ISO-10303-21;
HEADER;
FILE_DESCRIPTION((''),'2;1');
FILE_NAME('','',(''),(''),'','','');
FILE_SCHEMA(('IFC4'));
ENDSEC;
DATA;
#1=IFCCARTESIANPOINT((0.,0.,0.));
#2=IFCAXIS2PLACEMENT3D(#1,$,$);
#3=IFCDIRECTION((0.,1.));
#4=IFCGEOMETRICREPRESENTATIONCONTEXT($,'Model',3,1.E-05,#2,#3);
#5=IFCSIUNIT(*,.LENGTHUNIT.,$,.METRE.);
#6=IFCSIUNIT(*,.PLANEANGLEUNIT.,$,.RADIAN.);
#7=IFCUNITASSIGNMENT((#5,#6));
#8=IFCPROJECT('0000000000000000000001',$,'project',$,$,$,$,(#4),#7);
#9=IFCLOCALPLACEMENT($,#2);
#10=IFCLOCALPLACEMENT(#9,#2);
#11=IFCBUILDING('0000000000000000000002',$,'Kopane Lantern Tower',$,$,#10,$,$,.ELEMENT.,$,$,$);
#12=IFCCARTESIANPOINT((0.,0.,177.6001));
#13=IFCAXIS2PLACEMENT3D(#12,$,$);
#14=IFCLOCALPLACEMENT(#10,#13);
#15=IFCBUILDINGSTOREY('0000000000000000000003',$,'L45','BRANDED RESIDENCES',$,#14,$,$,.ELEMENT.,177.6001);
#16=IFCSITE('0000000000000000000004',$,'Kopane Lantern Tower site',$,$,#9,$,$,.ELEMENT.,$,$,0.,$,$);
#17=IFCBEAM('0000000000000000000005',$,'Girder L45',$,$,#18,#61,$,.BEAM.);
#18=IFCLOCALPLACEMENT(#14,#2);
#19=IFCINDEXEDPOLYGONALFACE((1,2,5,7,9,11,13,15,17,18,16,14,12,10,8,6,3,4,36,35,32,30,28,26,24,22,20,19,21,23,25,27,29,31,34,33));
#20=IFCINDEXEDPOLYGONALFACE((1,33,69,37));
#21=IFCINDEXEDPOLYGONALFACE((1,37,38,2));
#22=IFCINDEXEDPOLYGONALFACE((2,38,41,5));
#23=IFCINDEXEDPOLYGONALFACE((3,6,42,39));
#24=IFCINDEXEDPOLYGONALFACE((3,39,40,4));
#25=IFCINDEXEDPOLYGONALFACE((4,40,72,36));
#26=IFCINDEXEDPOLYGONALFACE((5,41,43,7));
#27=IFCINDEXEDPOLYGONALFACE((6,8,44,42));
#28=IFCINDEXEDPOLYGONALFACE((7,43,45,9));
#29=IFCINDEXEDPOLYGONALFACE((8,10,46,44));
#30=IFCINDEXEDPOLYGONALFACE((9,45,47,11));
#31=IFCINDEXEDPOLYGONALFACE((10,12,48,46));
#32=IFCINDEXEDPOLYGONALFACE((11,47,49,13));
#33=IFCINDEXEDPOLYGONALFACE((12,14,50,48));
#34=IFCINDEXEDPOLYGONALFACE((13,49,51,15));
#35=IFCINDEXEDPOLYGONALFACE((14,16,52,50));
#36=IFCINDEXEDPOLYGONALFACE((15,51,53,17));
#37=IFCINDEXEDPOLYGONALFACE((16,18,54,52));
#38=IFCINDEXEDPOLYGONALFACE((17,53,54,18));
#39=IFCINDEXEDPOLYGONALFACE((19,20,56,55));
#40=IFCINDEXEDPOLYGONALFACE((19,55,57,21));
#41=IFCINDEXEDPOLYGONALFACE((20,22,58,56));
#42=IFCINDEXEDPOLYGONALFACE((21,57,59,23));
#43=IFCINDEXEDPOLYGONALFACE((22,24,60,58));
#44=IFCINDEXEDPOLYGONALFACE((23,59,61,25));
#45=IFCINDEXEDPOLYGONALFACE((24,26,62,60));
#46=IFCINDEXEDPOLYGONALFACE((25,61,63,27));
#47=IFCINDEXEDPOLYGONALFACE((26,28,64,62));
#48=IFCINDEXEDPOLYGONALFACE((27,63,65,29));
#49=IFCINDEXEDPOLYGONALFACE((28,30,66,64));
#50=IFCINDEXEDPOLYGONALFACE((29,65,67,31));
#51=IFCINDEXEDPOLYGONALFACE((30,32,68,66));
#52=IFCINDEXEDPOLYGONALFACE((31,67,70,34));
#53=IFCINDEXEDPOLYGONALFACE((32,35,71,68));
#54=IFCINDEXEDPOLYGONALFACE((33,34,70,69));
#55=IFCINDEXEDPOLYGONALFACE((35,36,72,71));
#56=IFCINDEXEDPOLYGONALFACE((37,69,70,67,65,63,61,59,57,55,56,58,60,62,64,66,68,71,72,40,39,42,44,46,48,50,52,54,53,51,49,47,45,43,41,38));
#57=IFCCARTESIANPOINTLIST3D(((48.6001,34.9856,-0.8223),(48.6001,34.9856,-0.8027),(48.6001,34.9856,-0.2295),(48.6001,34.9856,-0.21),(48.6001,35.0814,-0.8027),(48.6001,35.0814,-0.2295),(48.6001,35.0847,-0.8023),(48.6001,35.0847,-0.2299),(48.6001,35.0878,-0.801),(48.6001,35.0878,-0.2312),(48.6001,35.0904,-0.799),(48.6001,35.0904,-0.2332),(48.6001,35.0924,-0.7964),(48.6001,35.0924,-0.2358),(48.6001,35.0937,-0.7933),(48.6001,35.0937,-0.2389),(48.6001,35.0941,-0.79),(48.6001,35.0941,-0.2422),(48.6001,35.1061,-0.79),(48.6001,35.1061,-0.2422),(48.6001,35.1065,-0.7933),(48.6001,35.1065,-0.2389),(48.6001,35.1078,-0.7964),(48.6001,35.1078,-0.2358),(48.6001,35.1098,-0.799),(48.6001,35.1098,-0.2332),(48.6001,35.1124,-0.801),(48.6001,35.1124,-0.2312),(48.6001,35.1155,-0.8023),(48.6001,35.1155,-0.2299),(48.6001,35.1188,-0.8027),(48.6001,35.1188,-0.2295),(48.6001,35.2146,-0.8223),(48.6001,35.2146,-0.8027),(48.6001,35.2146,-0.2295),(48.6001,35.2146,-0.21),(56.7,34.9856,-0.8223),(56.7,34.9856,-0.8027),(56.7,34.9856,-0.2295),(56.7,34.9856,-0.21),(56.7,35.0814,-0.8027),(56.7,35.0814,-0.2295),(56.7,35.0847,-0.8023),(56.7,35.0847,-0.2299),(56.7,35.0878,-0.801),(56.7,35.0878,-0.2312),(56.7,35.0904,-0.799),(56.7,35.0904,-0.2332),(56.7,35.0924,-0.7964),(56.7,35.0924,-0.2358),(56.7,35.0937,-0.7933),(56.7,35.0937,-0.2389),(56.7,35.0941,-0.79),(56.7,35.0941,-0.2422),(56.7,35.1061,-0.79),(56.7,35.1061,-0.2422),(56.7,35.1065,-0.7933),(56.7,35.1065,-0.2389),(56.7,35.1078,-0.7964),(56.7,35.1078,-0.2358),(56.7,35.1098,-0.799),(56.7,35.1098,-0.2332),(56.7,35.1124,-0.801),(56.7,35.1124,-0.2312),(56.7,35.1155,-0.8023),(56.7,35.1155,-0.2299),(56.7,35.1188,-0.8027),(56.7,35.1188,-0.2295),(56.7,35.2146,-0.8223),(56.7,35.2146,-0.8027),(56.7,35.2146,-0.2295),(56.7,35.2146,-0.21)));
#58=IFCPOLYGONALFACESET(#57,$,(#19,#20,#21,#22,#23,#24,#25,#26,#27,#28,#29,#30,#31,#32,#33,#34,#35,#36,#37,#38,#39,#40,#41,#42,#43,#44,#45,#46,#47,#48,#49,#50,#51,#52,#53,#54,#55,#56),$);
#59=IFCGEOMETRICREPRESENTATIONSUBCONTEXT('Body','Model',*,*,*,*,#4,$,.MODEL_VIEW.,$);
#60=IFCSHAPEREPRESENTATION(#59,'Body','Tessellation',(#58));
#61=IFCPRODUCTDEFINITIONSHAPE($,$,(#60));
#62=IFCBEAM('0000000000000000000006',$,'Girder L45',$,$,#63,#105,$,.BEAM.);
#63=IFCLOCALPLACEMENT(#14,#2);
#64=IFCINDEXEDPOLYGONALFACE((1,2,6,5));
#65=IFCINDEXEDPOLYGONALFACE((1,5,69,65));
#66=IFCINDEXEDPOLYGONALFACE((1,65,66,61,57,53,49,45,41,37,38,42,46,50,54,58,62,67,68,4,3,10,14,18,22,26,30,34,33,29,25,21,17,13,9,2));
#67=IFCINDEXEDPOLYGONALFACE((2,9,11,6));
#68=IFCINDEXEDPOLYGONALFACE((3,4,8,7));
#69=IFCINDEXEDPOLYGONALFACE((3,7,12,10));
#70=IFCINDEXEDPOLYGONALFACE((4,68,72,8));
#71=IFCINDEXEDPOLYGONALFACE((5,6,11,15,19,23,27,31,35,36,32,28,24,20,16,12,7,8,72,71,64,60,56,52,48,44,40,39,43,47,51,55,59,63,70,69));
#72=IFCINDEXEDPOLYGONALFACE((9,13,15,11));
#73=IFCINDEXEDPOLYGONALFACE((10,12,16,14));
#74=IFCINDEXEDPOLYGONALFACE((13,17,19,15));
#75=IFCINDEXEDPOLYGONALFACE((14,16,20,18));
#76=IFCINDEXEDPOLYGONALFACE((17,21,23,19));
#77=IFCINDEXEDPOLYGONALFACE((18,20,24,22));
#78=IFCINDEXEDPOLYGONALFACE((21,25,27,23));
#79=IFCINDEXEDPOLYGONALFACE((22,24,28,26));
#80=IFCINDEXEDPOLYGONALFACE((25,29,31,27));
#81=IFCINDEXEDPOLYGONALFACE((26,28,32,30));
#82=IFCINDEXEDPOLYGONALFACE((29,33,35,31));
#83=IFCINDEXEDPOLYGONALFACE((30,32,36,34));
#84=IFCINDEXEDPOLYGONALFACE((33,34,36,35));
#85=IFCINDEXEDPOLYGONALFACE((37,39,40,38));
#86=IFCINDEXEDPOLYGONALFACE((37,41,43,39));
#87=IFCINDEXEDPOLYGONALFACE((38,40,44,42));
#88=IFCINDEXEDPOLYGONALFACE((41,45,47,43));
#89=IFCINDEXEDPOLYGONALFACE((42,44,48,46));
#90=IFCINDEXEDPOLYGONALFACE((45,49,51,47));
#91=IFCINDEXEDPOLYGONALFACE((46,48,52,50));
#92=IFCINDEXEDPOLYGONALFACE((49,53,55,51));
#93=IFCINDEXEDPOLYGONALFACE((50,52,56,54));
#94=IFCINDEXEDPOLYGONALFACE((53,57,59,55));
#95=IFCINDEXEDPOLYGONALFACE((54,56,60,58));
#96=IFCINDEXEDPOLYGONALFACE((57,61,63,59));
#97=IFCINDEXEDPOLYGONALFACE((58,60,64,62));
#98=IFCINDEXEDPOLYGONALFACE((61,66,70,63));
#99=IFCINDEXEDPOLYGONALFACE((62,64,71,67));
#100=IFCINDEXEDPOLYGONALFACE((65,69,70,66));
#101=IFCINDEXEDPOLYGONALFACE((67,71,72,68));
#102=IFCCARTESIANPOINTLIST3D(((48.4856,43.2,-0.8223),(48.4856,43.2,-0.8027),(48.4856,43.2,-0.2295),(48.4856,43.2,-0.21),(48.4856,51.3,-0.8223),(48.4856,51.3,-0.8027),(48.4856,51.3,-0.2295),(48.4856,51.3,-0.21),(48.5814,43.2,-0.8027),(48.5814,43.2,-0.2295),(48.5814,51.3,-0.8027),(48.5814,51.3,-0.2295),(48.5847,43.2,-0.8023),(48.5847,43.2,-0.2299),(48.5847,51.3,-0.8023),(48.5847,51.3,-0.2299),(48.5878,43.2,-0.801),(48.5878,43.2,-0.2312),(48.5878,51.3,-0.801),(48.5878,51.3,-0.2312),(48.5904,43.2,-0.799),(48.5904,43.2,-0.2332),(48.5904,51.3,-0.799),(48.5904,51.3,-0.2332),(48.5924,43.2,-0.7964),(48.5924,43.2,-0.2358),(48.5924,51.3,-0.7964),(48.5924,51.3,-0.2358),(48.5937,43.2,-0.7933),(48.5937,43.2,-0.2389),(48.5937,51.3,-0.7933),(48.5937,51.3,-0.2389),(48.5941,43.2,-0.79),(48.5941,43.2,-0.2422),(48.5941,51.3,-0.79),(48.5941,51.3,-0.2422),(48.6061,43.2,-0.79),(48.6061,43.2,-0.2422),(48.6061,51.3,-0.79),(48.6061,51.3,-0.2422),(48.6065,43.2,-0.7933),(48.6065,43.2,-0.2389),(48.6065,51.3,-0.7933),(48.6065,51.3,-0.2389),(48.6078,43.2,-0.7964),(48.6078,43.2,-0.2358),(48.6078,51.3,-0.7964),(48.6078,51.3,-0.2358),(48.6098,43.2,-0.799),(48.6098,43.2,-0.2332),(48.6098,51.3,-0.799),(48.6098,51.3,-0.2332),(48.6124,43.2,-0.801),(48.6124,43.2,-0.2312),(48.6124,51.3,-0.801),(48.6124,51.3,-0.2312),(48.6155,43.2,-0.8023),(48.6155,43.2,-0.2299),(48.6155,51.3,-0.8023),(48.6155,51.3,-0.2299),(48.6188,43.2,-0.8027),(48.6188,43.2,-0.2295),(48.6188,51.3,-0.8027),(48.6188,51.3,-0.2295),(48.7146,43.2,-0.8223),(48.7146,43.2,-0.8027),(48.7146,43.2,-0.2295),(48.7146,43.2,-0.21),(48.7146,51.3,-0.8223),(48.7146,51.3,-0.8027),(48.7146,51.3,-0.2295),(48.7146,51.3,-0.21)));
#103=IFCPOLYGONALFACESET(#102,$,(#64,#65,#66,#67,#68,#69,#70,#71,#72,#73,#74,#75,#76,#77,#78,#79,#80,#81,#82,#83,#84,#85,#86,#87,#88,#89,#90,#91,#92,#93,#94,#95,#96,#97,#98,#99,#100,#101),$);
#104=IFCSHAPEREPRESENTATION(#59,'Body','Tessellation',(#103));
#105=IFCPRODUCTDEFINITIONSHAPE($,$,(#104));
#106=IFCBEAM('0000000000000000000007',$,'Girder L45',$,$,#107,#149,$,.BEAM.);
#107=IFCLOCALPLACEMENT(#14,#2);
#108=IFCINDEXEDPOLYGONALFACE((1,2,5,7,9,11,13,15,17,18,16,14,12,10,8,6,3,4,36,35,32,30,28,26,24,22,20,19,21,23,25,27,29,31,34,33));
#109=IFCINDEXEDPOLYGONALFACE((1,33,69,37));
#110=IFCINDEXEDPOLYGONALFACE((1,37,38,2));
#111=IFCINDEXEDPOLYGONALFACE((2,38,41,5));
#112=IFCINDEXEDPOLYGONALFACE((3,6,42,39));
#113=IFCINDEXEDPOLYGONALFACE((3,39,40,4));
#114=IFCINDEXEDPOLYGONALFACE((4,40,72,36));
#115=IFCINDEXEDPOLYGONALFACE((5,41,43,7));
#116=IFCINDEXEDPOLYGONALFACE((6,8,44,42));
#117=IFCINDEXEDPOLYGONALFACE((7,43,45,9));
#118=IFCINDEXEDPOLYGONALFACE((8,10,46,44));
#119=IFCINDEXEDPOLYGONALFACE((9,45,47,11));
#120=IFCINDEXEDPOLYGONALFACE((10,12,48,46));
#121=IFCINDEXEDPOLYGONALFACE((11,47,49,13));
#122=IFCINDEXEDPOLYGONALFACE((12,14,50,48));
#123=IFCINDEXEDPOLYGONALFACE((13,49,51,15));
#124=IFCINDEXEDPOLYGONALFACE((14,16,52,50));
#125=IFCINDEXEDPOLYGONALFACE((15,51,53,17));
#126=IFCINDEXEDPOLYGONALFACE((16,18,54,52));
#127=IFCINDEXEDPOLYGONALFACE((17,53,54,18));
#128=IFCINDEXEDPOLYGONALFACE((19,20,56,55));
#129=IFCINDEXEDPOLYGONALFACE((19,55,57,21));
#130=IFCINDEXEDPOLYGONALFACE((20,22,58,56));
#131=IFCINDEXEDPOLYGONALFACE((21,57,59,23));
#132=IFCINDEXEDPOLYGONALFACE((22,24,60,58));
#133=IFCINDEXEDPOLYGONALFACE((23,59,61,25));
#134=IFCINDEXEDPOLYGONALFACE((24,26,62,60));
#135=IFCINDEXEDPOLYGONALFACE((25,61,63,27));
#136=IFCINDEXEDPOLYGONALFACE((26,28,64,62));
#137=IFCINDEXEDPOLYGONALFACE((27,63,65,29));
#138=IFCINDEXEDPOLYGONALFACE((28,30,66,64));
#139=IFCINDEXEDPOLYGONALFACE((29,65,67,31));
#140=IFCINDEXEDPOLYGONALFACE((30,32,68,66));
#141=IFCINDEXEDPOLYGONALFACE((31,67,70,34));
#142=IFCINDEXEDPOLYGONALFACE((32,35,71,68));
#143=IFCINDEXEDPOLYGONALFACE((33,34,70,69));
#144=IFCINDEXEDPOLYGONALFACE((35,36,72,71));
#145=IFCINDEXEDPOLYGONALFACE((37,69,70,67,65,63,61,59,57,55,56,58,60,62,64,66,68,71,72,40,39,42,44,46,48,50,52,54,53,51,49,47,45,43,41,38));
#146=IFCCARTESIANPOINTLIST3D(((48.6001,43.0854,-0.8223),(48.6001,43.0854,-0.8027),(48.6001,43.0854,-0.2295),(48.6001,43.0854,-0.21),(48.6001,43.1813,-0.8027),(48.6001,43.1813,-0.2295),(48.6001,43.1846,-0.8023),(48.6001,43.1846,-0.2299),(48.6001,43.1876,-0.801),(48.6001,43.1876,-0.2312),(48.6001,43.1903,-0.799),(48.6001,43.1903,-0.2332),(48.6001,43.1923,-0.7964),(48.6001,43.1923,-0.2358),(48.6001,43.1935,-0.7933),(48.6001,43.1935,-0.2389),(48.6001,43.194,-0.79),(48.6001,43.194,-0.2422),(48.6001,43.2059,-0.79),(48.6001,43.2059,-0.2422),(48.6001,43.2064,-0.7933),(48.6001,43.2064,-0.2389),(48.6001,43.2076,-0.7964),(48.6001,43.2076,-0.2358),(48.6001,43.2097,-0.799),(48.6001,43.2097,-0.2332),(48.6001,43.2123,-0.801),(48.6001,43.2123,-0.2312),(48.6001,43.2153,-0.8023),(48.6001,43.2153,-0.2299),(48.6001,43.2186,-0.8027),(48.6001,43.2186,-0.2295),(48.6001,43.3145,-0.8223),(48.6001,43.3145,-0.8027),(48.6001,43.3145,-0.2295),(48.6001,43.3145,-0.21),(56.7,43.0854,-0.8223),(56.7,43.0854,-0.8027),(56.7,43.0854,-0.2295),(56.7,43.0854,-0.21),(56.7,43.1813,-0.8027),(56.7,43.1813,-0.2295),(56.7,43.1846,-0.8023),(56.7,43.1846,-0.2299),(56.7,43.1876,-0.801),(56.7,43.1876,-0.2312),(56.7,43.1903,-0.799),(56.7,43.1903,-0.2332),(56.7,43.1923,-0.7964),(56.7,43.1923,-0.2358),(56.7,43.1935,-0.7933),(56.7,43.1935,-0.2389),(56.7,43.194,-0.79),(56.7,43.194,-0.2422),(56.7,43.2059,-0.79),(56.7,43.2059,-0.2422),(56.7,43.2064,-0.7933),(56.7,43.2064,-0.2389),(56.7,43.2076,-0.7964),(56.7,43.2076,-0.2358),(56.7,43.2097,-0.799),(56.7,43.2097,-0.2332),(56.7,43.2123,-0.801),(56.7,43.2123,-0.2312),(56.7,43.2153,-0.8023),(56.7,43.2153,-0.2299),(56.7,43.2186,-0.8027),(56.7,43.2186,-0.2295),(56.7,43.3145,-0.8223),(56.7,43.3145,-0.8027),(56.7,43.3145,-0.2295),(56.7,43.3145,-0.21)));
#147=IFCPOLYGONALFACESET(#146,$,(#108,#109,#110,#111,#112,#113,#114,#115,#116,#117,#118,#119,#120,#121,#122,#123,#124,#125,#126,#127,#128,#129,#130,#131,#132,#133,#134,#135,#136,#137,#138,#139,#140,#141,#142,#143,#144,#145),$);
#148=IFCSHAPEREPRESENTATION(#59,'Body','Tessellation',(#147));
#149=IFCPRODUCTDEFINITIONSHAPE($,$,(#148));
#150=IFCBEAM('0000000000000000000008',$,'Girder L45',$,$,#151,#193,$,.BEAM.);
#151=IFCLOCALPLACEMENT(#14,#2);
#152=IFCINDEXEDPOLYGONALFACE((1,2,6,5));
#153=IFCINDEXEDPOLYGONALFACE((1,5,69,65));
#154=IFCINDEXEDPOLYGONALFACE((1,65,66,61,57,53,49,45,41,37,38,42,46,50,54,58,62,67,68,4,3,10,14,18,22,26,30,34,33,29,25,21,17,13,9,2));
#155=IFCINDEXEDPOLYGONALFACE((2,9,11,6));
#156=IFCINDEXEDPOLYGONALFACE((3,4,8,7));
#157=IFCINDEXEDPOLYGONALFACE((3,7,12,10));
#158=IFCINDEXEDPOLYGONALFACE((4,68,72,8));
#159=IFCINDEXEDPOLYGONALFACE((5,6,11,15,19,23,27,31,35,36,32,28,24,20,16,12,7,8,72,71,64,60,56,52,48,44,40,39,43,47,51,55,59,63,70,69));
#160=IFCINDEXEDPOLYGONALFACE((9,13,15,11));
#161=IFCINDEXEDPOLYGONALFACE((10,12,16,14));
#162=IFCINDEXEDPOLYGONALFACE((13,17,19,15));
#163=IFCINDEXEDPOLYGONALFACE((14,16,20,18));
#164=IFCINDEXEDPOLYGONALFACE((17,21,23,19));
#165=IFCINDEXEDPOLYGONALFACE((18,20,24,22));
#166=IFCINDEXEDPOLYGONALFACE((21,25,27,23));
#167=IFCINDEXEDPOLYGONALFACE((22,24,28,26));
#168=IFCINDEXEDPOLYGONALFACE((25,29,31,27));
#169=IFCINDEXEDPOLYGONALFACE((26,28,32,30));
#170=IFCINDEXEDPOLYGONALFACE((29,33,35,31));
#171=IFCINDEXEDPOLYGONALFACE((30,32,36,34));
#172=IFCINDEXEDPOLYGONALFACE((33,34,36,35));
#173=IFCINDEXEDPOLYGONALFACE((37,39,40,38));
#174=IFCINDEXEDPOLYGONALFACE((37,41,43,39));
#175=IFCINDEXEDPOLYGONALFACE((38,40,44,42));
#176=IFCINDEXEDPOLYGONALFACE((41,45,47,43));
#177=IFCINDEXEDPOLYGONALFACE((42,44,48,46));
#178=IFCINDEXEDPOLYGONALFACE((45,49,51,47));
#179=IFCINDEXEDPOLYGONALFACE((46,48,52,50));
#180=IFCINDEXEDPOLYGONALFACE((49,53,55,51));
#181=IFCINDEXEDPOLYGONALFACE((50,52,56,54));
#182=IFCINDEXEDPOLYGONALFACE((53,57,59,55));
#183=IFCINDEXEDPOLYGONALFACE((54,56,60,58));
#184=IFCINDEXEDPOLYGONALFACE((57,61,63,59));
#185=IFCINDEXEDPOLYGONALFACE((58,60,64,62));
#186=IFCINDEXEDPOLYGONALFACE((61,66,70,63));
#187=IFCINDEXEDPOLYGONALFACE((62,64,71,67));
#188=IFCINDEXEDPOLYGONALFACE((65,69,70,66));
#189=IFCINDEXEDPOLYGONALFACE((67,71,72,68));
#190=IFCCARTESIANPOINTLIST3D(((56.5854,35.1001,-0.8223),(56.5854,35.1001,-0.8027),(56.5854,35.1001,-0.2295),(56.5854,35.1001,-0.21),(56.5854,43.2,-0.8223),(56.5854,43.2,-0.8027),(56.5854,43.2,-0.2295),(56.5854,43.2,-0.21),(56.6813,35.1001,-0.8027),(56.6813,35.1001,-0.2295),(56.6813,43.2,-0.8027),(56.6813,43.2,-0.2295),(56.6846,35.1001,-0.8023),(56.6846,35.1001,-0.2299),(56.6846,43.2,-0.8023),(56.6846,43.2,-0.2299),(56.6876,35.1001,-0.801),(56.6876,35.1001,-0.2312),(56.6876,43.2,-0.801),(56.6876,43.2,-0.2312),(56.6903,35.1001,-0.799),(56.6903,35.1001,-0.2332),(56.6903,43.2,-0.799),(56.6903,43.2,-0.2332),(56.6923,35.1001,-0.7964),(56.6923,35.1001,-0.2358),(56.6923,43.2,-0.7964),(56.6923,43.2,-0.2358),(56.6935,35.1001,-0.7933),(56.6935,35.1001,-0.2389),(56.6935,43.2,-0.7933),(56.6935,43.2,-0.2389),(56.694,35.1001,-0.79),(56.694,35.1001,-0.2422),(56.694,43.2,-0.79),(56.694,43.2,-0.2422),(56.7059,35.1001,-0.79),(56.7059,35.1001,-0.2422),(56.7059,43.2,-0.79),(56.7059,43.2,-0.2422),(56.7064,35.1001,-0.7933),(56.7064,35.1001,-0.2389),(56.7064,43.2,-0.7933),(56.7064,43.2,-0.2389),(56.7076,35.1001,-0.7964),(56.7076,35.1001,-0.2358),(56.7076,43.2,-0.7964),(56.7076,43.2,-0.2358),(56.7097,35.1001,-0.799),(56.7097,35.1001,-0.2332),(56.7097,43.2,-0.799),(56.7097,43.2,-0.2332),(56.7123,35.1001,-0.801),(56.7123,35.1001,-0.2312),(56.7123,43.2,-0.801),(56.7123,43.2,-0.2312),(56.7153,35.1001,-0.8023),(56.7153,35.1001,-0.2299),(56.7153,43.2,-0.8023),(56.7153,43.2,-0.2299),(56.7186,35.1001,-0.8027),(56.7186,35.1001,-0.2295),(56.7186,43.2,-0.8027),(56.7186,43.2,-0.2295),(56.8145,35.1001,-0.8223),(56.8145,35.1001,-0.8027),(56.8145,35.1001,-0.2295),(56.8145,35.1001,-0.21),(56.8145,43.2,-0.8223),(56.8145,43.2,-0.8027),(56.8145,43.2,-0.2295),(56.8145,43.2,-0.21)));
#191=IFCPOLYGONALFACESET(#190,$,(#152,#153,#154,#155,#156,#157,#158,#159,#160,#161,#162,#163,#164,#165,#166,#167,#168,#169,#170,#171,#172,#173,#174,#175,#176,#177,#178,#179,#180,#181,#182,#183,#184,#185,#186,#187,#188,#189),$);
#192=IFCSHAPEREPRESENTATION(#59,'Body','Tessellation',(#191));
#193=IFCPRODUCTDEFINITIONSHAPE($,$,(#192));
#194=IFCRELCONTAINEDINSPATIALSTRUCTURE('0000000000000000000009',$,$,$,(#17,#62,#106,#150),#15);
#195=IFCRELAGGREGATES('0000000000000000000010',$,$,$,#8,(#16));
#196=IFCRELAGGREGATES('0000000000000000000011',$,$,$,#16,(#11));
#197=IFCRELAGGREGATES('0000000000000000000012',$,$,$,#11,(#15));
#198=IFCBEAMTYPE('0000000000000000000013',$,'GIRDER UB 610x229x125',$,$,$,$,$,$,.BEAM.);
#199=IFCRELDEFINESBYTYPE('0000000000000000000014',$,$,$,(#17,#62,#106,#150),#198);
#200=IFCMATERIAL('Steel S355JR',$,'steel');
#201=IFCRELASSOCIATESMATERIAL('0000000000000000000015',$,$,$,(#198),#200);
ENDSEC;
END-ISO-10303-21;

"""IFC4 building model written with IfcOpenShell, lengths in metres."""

from ifc_helpers import new_model, si_unit, direction, frame, origin, origin_2d, place, context, subcontext, project, spatial, i_section, extrude, material, material_profile, profile_set, type_object, element, save


model = new_model("IFC4")

# Units and contexts
model_context = context("Model", 3, precision=1e-05, world=origin(), true_north=direction((0.0, 1.0)))
body_context = subcontext(model_context, "Body", "Model", "MODEL_VIEW")
ifc_project = project(units=[si_unit("LENGTHUNIT", "METRE"), si_unit("PLANEANGLEUNIT", "RADIAN")], contexts=[model_context])

# Site, building, storey
site_placement = place(None, origin())
site = spatial("IfcSite", under=ifc_project, at=site_placement, Name="Kopane Lantern Tower site", CompositionType="ELEMENT", RefElevation=0.0)
building_placement = place(site_placement, origin())
building = spatial("IfcBuilding", under=site, at=building_placement, Name="Kopane Lantern Tower", CompositionType="ELEMENT")
storey_placement = place(building_placement, frame((0.0, 0.0, 177.6001)))
storey = spatial("IfcBuildingStorey", under=building, at=storey_placement, Name="L45", Description="BRANDED RESIDENCES", CompositionType="ELEMENT", Elevation=177.6001)

# Beams
ifc_material_1 = material(Name="Steel S355JR", Category="steel")
ifc_material_profile_1 = material_profile(ifc_material_1, i_section(OverallWidth=0.229, OverallDepth=0.6123, WebThickness=0.012, FlangeThickness=0.0195, FilletRadius=0.0127, at=origin_2d()), Name="UB 610x229x125")
ifc_profile_set_1 = profile_set([ifc_material_profile_1], Name="Steel S355JR")
beam_type = type_object("IfcBeamType", Name="GIRDER UB 610x229x125", PredefinedType="BEAM", material=ifc_profile_set_1)
for number, where, z_axis, x_axis, name in (
    (1, (48.6001, 35.1001, -0.5161), (1.0, 0.0, 0.0), (0.0, 1.0, 0.0), "Girder L45"),
):
    element("IfcBeam", number, at=place(storey_placement, frame(where, z_axis=z_axis, x_axis=x_axis)), inside=storey, type_object=beam_type, Name=name, PredefinedType="BEAM", context=body_context, shape_type="SweptSolid", body=[
        extrude(i_section(OverallWidth=0.229, OverallDepth=0.6123, WebThickness=0.012, FlangeThickness=0.0195, FilletRadius=0.0127, at=origin_2d()), origin(), (0.0, 0.0, 1.0), 8.0999),
    ])
beam_1_placement = place(storey_placement, frame((48.6001, 43.2, -0.5161), z_axis=(0.0, 1.0, 0.0), x_axis=(-1.0, 0.0, 0.0)))
element("IfcBeam", 2, at=beam_1_placement, inside=storey, type_object=beam_type, Name="Girder L45", PredefinedType="BEAM", context=body_context, shape_type="SweptSolid", body=[
    extrude(i_section(OverallWidth=0.229, OverallDepth=0.6123, WebThickness=0.012, FlangeThickness=0.0195, FilletRadius=0.0127, at=origin_2d()), origin(), (0.0, 0.0, 1.0), 8.1001),
])
for number, where, z_axis, x_axis, name in (
    (3, (48.6001, 43.2, -0.5161), (1.0, 0.0, 0.0), (0.0, 1.0, 0.0), "Girder L45"),
    (4, (56.7, 35.1001, -0.5161), (0.0, 1.0, 0.0), (-1.0, 0.0, 0.0), "Girder L45"),
):
    element("IfcBeam", number, at=place(storey_placement, frame(where, z_axis=z_axis, x_axis=x_axis)), inside=storey, type_object=beam_type, Name=name, PredefinedType="BEAM", context=body_context, shape_type="SweptSolid", body=[
        extrude(i_section(OverallWidth=0.229, OverallDepth=0.6123, WebThickness=0.012, FlangeThickness=0.0195, FilletRadius=0.0127, at=origin_2d()), origin(), (0.0, 0.0, 1.0), 8.0999),
    ])

save(model, "model.ifc")
